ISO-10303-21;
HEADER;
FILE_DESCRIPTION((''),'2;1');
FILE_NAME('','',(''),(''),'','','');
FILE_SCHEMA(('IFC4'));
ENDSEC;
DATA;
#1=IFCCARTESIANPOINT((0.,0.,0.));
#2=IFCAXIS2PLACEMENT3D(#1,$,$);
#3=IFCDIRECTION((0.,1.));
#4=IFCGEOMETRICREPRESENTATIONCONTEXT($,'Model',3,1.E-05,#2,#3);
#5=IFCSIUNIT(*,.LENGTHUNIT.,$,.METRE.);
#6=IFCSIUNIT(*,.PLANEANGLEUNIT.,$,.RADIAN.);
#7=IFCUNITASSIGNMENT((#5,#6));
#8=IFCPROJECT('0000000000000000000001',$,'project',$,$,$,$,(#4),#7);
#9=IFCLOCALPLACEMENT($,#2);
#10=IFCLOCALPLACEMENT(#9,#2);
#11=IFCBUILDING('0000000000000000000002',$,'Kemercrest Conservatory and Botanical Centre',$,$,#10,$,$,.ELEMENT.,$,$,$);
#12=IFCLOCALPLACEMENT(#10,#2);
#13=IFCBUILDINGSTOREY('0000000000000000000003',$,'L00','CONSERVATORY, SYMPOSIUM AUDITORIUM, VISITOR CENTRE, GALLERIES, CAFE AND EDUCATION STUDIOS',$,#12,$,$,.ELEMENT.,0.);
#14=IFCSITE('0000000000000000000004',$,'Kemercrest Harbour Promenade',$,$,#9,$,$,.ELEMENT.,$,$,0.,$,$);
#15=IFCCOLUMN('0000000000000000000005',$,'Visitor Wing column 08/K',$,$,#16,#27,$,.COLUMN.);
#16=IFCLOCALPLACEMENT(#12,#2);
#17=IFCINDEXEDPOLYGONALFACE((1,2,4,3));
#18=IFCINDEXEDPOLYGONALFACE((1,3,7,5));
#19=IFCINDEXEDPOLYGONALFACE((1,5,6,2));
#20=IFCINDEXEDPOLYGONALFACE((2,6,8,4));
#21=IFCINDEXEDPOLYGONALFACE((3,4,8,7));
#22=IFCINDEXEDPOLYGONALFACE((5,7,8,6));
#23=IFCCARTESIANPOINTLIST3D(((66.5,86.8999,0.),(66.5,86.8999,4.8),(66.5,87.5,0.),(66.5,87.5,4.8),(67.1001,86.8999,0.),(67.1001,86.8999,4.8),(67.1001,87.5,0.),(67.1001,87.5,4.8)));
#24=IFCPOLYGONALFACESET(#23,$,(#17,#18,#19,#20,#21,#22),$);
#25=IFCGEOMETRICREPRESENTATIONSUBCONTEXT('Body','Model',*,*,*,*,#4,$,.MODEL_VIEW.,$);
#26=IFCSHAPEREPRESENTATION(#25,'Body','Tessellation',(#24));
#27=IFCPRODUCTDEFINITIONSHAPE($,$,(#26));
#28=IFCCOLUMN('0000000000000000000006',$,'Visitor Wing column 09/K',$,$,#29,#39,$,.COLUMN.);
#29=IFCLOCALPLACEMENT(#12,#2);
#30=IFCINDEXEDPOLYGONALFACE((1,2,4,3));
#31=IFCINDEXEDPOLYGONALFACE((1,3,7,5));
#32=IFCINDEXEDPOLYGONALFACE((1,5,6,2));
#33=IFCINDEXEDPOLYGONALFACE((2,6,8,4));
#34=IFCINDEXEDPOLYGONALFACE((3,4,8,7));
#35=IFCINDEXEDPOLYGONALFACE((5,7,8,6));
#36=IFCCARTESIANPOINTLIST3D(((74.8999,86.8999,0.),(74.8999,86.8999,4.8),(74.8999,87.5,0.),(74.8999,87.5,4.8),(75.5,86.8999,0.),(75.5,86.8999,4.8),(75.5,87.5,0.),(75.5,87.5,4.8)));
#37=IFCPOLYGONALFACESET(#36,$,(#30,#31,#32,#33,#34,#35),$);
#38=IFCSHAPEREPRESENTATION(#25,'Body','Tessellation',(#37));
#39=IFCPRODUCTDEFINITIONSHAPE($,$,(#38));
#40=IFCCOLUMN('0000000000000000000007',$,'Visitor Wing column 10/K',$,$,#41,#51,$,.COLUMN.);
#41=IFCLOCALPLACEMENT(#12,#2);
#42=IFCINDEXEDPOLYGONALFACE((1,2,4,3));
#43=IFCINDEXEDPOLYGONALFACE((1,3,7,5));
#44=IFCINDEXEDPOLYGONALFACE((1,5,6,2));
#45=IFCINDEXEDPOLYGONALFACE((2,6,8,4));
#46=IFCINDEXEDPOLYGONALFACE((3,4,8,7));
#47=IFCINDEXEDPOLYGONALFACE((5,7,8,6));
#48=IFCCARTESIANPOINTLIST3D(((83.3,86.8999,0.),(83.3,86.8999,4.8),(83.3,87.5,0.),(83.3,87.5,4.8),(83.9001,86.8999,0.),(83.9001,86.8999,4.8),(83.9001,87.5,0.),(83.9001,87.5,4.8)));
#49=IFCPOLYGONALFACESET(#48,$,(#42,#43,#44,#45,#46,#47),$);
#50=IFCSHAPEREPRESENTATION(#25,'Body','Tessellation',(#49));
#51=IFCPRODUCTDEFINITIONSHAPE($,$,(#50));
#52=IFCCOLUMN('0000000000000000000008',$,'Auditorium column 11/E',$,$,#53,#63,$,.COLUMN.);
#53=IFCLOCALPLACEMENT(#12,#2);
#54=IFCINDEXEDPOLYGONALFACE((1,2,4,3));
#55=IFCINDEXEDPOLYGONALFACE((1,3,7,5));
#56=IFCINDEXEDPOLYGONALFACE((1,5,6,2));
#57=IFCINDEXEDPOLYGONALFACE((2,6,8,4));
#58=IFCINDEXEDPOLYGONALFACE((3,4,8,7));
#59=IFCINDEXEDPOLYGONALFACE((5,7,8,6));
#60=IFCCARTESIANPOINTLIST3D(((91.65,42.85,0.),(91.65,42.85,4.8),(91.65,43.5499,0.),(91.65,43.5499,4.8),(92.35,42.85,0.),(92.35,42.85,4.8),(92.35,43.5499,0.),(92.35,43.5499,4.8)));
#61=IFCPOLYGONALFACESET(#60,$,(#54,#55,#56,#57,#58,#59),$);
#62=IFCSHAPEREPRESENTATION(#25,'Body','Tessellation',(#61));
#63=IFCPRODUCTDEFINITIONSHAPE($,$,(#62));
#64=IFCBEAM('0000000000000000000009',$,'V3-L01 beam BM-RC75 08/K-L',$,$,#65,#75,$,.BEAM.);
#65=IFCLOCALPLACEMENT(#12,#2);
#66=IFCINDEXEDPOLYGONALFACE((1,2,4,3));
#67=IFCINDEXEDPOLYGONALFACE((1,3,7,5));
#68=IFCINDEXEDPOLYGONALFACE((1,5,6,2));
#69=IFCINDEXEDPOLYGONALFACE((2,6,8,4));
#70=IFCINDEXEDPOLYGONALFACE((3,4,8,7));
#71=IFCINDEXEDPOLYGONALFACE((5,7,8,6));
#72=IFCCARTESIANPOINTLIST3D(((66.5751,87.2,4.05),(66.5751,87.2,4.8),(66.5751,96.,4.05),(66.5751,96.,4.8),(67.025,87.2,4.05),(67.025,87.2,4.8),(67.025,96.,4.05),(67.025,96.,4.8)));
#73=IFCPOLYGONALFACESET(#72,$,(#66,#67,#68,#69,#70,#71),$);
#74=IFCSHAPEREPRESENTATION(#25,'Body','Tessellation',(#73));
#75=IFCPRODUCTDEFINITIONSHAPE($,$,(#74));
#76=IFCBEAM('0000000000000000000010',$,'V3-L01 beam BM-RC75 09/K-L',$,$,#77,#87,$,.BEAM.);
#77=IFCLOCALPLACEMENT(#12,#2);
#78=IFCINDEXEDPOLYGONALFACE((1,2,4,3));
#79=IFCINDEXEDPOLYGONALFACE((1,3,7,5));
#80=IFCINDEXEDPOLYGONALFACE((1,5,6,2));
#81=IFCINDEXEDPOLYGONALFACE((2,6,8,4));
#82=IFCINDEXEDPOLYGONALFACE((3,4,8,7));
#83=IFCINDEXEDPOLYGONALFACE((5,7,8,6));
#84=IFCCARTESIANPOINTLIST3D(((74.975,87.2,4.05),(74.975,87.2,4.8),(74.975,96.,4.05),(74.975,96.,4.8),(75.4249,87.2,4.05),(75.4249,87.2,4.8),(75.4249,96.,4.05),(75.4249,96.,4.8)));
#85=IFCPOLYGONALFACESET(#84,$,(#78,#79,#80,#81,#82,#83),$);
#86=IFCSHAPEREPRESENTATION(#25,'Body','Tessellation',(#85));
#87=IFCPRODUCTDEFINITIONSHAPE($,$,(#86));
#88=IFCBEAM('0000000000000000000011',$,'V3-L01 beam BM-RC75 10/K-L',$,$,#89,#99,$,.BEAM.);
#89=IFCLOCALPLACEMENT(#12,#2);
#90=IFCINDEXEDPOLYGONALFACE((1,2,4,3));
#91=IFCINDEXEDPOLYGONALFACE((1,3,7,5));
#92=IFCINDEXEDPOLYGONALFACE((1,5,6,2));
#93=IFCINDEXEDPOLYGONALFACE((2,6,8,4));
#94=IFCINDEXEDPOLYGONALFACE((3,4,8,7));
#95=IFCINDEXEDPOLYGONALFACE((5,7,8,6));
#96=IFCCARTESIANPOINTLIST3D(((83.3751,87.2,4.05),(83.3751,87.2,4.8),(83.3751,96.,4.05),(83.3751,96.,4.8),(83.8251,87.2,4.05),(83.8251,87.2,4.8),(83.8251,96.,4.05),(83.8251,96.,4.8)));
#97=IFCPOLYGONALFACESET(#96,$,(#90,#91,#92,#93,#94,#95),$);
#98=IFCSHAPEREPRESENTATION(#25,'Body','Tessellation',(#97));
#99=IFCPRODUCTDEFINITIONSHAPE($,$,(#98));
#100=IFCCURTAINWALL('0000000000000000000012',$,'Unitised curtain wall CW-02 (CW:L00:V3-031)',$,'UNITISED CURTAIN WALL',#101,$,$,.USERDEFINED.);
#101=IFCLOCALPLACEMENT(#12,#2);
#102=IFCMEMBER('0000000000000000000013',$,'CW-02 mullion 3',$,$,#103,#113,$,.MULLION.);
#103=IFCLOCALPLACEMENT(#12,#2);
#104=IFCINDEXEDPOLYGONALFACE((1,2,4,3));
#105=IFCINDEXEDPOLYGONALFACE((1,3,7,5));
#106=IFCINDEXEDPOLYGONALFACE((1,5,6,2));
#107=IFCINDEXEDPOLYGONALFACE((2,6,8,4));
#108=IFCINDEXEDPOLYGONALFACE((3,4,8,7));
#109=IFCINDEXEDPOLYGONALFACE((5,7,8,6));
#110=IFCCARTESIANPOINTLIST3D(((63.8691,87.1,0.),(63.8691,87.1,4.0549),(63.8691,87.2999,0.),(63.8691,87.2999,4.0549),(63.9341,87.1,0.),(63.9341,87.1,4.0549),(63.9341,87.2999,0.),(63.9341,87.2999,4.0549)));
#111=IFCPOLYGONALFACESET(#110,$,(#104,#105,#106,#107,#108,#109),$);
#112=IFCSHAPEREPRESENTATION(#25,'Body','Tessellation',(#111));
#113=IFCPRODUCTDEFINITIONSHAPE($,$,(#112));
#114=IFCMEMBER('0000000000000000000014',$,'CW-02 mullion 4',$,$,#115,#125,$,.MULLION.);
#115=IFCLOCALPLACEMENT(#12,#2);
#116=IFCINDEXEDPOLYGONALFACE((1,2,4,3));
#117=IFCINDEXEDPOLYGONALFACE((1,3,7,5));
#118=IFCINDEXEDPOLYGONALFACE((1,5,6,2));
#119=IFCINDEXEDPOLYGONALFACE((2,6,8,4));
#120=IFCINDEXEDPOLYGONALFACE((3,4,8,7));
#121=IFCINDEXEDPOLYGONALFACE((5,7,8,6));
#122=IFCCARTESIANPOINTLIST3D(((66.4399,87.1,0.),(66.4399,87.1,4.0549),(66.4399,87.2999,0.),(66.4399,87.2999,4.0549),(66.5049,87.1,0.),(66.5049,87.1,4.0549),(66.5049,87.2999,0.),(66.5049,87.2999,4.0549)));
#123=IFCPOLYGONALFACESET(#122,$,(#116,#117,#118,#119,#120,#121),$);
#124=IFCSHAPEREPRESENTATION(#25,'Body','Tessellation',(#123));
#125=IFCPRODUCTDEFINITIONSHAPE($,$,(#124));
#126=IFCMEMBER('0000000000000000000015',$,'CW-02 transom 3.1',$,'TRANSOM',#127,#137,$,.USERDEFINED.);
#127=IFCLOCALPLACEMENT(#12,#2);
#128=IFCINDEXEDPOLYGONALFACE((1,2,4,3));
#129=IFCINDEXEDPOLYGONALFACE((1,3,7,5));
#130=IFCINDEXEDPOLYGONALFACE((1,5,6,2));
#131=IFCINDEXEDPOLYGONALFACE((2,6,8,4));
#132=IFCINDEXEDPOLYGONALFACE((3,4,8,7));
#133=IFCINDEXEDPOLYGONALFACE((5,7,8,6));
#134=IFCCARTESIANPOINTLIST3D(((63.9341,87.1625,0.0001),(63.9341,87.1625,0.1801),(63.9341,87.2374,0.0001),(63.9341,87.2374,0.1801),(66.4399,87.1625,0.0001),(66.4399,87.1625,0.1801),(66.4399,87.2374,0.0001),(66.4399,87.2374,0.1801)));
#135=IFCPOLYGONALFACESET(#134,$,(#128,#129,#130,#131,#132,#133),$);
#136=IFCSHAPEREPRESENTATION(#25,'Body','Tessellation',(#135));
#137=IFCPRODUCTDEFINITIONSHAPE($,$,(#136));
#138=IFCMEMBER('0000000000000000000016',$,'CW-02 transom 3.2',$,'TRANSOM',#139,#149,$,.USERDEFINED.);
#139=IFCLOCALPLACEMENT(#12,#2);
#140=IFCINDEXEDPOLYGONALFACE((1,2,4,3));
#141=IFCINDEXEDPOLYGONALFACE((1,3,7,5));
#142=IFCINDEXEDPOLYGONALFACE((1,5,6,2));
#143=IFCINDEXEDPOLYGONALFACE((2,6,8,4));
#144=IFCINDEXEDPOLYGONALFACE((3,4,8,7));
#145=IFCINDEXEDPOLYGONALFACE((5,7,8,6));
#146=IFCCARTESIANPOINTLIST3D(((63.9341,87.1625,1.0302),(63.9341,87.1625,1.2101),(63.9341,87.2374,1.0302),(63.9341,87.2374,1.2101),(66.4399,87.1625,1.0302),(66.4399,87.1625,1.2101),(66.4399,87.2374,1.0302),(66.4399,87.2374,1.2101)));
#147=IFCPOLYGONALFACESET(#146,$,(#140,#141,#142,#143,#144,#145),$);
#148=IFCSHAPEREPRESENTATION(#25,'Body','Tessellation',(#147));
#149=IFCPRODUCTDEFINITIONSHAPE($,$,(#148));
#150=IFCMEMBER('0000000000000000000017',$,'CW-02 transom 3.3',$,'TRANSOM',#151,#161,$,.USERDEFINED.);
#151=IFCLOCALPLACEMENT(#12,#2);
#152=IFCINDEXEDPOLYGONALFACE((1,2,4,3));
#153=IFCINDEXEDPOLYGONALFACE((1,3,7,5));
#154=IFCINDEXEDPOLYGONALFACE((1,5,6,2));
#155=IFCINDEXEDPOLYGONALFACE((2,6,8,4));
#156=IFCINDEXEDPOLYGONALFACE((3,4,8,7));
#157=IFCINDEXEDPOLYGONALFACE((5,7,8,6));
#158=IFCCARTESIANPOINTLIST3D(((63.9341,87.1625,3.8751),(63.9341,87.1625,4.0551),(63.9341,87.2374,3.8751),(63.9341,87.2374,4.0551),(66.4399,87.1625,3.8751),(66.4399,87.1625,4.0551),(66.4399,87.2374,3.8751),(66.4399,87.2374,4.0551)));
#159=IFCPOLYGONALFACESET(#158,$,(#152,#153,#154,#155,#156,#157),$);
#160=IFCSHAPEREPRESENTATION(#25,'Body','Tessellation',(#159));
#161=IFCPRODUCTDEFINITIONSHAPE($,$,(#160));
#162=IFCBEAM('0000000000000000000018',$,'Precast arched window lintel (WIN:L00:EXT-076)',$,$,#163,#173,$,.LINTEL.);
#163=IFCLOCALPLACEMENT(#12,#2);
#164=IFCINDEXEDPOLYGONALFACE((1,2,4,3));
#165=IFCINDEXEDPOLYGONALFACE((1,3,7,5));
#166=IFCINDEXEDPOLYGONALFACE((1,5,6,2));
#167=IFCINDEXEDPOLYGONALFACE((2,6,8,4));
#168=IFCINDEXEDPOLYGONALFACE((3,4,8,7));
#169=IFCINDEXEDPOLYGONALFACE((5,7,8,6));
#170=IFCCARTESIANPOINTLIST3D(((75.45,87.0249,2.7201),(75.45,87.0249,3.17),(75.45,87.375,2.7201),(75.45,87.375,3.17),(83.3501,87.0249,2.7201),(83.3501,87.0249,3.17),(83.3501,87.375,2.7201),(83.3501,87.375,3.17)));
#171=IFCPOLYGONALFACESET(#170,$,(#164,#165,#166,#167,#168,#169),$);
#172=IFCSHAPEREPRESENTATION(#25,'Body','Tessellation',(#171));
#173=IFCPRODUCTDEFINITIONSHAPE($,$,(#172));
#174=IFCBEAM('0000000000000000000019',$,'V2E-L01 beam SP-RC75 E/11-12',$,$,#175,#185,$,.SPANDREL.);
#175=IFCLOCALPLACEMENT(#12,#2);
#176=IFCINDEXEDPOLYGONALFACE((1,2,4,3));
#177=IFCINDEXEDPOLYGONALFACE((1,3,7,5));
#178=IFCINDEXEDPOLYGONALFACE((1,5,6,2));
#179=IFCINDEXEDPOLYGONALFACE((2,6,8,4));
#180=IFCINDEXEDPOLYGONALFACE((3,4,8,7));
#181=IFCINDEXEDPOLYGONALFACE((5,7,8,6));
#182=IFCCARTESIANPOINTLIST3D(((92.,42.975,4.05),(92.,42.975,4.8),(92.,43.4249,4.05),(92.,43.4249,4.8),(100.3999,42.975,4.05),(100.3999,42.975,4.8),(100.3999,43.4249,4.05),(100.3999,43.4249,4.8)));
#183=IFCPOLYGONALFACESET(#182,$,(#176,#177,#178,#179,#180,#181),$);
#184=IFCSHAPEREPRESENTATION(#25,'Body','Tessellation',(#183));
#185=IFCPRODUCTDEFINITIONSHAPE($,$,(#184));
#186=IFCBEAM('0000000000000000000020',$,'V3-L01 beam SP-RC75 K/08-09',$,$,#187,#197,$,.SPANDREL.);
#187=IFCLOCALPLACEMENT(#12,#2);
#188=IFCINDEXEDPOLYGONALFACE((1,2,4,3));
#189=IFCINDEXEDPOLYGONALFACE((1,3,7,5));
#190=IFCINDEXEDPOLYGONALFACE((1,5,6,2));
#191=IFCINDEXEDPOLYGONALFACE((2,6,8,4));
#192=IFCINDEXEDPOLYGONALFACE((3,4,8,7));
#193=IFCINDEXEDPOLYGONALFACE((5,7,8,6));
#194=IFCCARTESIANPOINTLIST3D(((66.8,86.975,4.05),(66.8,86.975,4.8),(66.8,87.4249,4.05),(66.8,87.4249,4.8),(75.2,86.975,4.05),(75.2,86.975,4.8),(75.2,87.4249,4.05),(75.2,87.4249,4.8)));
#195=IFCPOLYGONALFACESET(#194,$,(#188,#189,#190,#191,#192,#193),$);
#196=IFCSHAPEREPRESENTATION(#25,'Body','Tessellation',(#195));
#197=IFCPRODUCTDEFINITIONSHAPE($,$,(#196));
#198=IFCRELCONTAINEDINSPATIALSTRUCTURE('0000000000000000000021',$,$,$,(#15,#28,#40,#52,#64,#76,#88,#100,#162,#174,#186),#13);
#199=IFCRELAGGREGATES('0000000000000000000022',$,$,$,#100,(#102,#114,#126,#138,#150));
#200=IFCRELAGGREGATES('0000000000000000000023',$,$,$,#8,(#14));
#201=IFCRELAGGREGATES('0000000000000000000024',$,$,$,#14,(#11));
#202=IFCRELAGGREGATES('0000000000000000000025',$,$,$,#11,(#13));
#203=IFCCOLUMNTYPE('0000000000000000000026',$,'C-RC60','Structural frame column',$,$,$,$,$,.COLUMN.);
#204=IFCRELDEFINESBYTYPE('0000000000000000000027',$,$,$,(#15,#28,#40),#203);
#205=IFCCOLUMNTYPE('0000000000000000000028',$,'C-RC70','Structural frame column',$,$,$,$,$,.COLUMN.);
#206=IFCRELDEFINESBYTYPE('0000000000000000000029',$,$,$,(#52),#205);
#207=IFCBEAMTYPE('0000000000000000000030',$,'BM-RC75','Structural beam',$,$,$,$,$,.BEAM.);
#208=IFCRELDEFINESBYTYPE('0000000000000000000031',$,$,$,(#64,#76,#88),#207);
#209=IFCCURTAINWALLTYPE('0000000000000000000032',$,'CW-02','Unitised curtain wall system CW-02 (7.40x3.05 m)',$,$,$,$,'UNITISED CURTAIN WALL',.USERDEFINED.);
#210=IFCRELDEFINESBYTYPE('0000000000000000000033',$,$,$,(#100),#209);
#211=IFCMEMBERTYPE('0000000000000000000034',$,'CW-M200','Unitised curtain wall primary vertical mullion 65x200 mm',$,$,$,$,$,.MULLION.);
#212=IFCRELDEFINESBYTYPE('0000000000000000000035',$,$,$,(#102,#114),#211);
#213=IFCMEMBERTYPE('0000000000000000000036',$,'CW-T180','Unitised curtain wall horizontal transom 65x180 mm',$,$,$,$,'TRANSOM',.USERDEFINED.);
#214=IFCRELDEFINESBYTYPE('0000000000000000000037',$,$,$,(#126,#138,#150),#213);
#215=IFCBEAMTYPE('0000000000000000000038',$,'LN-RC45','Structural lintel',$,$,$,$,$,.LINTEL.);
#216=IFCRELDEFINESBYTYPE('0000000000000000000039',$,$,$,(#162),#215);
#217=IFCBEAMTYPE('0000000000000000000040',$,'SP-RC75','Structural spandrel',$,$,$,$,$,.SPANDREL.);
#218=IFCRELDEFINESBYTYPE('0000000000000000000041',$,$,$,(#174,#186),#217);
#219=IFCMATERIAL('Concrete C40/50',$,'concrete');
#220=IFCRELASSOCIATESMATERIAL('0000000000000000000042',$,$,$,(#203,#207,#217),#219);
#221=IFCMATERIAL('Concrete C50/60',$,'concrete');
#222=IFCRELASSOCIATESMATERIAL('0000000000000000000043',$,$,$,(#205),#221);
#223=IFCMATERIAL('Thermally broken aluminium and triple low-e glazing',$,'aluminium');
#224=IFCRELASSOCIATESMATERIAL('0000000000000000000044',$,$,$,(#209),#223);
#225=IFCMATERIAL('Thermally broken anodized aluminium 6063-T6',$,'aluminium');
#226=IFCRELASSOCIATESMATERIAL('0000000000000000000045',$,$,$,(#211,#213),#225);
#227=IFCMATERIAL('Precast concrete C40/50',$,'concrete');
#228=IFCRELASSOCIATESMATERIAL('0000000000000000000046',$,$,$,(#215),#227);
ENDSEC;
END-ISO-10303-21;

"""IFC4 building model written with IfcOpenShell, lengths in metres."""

from ifc_helpers import new_model, si_unit, direction, frame, origin, origin_2d, place, context, subcontext, project, spatial, rectangle, extrude, material, material_profile, profile_set, type_object, element, aggregate, save


model = new_model("IFC4")

# Units and contexts
model_context = context("Model", 3, precision=1e-05, world=origin(), true_north=direction((0.0, 1.0)))
body_context = subcontext(model_context, "Body", "Model", "MODEL_VIEW")
ifc_project = project(units=[si_unit("LENGTHUNIT", "METRE"), si_unit("PLANEANGLEUNIT", "RADIAN")], contexts=[model_context])

# Site, building, storey
site_placement = place(None, origin())
site = spatial("IfcSite", under=ifc_project, at=site_placement, Name="Kemercrest Harbour Promenade", CompositionType="ELEMENT", RefElevation=0.0)
building_placement = place(site_placement, origin())
building = spatial("IfcBuilding", under=site, at=building_placement, Name="Kemercrest Conservatory and Botanical Centre", CompositionType="ELEMENT")
storey_placement = place(building_placement, origin())
storey = spatial("IfcBuildingStorey", under=building, at=storey_placement, Name="L00", Description="CONSERVATORY, SYMPOSIUM AUDITORIUM, VISITOR CENTRE, GALLERIES, CAFE AND EDUCATION STUDIOS", CompositionType="ELEMENT", Elevation=0.0)

# Columns
ifc_material_1 = material(Name="Concrete C40/50", Category="concrete")
ifc_material_profile_1 = material_profile(ifc_material_1, rectangle(XDim=0.6001, YDim=0.6001, at=origin_2d()), Name="RC 600x600")
ifc_profile_set_1 = profile_set([ifc_material_profile_1], Name="Concrete C40/50")
column_type_1 = type_object("IfcColumnType", Name="C-RC60", Description="Structural frame column", PredefinedType="COLUMN", material=ifc_profile_set_1)
for number, where, z_axis, x_axis, name in (
    (1, (66.8, 87.2, 0.0), (0.0, 0.0, 1.0), (1.0, 0.0, 0.0), "Visitor Wing column 08/K"),
    (2, (75.2, 87.2, 0.0), (0.0, 0.0, 1.0), (1.0, 0.0, 0.0), "Visitor Wing column 09/K"),
    (3, (83.6001, 87.2, 0.0), (0.0, 0.0, 1.0), (1.0, 0.0, 0.0), "Visitor Wing column 10/K"),
):
    element("IfcColumn", number, at=place(storey_placement, frame(where, z_axis=z_axis, x_axis=x_axis)), inside=storey, type_object=column_type_1, Name=name, PredefinedType="COLUMN", context=body_context, shape_type="SweptSolid", body=[
        extrude(rectangle(XDim=0.6001, YDim=0.6001, at=origin_2d()), origin(), (0.0, 0.0, 1.0), 4.8),
    ])
ifc_material_2 = material(Name="Concrete C50/60", Category="concrete")
ifc_material_profile_2 = material_profile(ifc_material_2, rectangle(XDim=0.7, YDim=0.7, at=origin_2d()), Name="RC 700x700")
ifc_profile_set_2 = profile_set([ifc_material_profile_2], Name="Concrete C50/60")
column_type_2 = type_object("IfcColumnType", Name="C-RC70", Description="Structural frame column", PredefinedType="COLUMN", material=ifc_profile_set_2)
column_placement = place(storey_placement, frame((92.0, 43.2, 0.0), z_axis=(0.0, 0.0, 1.0), x_axis=(1.0, 0.0, 0.0)))
element("IfcColumn", 4, at=column_placement, inside=storey, type_object=column_type_2, Name="Auditorium column 11/E", PredefinedType="COLUMN", context=body_context, shape_type="SweptSolid", body=[
    extrude(rectangle(XDim=0.7, YDim=0.7, at=origin_2d()), origin(), (0.0, 0.0, 1.0), 4.8),
])

# Beams
ifc_material_profile_3 = material_profile(ifc_material_1, rectangle(XDim=0.45, YDim=0.75, at=origin_2d()), Name="RC 450x750")
ifc_profile_set_3 = profile_set([ifc_material_profile_3], Name="Concrete C40/50")
beam_type_1 = type_object("IfcBeamType", Name="BM-RC75", Description="Structural beam", PredefinedType="BEAM", material=ifc_profile_set_3)
for number, where, z_axis, x_axis, name in (
    (5, (66.8, 87.2, 4.425), (0.0, 1.0, 0.0), (-1.0, 0.0, 0.0), "V3-L01 beam BM-RC75 08/K-L"),
    (6, (75.2, 87.2, 4.425), (0.0, 1.0, 0.0), (-1.0, 0.0, 0.0), "V3-L01 beam BM-RC75 09/K-L"),
    (7, (83.6001, 87.2, 4.425), (0.0, 1.0, 0.0), (-1.0, 0.0, 0.0), "V3-L01 beam BM-RC75 10/K-L"),
):
    element("IfcBeam", number, at=place(storey_placement, frame(where, z_axis=z_axis, x_axis=x_axis)), inside=storey, type_object=beam_type_1, Name=name, PredefinedType="BEAM", context=body_context, shape_type="SweptSolid", body=[
        extrude(rectangle(XDim=0.45, YDim=0.75, at=origin_2d()), origin(), (0.0, 0.0, 1.0), 8.8),
    ])

# Curtain wall, members
ifc_material_3 = material(Name="Thermally broken aluminium and triple low-e glazing", Category="aluminium")
curtain_wall_type = type_object("IfcCurtainWallType", Name="CW-02", Description="Unitised curtain wall system CW-02 (7.40x3.05 m)", ElementType="UNITISED CURTAIN WALL", PredefinedType="USERDEFINED", material=ifc_material_3)
curtain_wall_placement = place(storey_placement, origin())
curtain_wall = element("IfcCurtainWall", 8, at=curtain_wall_placement, inside=storey, type_object=curtain_wall_type, Name="Unitised curtain wall CW-02 (CW:L00:V3-031)", ObjectType="UNITISED CURTAIN WALL", PredefinedType="USERDEFINED")
ifc_material_4 = material(Name="Thermally broken anodized aluminium 6063-T6", Category="aluminium")
ifc_material_profile_4 = material_profile(ifc_material_4, rectangle(XDim=0.2, YDim=0.0649, at=origin_2d()), Name="AL MULLION 65x200")
ifc_profile_set_4 = profile_set([ifc_material_profile_4], Name="Thermally broken anodized aluminium 6063-T6")
member_type_1 = type_object("IfcMemberType", Name="CW-M200", Description="Unitised curtain wall primary vertical mullion 65x200 mm", PredefinedType="MULLION", material=ifc_profile_set_4)
member_1_placement = place(storey_placement, frame((63.9016, 87.2, 0.0), z_axis=(0.0, 0.0, 1.0), x_axis=(0.0, 1.0, 0.0)))
member_1 = element("IfcMember", 9, at=member_1_placement, type_object=member_type_1, Name="CW-02 mullion 3", PredefinedType="MULLION", context=body_context, shape_type="SweptSolid", body=[
    extrude(rectangle(XDim=0.2, YDim=0.0649, at=origin_2d()), origin(), (0.0, 0.0, 1.0), 4.0549),
])
member_2_placement = place(storey_placement, frame((66.4724, 87.2, 0.0), z_axis=(0.0, 0.0, 1.0), x_axis=(0.0, 1.0, 0.0)))
member_2 = element("IfcMember", 10, at=member_2_placement, type_object=member_type_1, Name="CW-02 mullion 4", PredefinedType="MULLION", context=body_context, shape_type="SweptSolid", body=[
    extrude(rectangle(XDim=0.2, YDim=0.0649, at=origin_2d()), origin(), (0.0, 0.0, 1.0), 4.0549),
])
ifc_material_profile_5 = material_profile(ifc_material_4, rectangle(XDim=0.075, YDim=0.1799, at=origin_2d()), Name="AL TRANSOM 75x180")
ifc_profile_set_5 = profile_set([ifc_material_profile_5], Name="Thermally broken anodized aluminium 6063-T6")
member_type_2 = type_object("IfcMemberType", Name="CW-T180", Description="Unitised curtain wall horizontal transom 65x180 mm", ElementType="TRANSOM", PredefinedType="USERDEFINED", material=ifc_profile_set_5)
member_3_placement = place(storey_placement, frame((63.9341, 87.2, 0.0901), z_axis=(1.0, 0.0, 0.0), x_axis=(0.0, 1.0, 0.0)))
member_3 = element("IfcMember", 11, at=member_3_placement, type_object=member_type_2, Name="CW-02 transom 3.1", ObjectType="TRANSOM", PredefinedType="USERDEFINED", context=body_context, shape_type="SweptSolid", body=[
    extrude(rectangle(XDim=0.075, YDim=0.1799, at=origin_2d()), origin(), (0.0, 0.0, 1.0), 2.5059),
])
member_4_placement = place(storey_placement, frame((63.9341, 87.2, 1.1201), z_axis=(1.0, 0.0, 0.0), x_axis=(0.0, 1.0, 0.0)))
member_4 = element("IfcMember", 12, at=member_4_placement, type_object=member_type_2, Name="CW-02 transom 3.2", ObjectType="TRANSOM", PredefinedType="USERDEFINED", context=body_context, shape_type="SweptSolid", body=[
    extrude(rectangle(XDim=0.075, YDim=0.1799, at=origin_2d()), origin(), (0.0, 0.0, 1.0), 2.5059),
])
member_5_placement = place(storey_placement, frame((63.9341, 87.2, 3.9651), z_axis=(1.0, 0.0, 0.0), x_axis=(0.0, 1.0, 0.0)))
member_5 = element("IfcMember", 13, at=member_5_placement, type_object=member_type_2, Name="CW-02 transom 3.3", ObjectType="TRANSOM", PredefinedType="USERDEFINED", context=body_context, shape_type="SweptSolid", body=[
    extrude(rectangle(XDim=0.075, YDim=0.1799, at=origin_2d()), origin(), (0.0, 0.0, 1.0), 2.5059),
])

# Beams
ifc_material_5 = material(Name="Precast concrete C40/50", Category="concrete")
ifc_material_profile_6 = material_profile(ifc_material_5, rectangle(XDim=0.3501, YDim=0.45, at=origin_2d()), Name="RC 350x450")
ifc_profile_set_6 = profile_set([ifc_material_profile_6], Name="Precast concrete C40/50")
beam_type_2 = type_object("IfcBeamType", Name="LN-RC45", Description="Structural lintel", PredefinedType="LINTEL", material=ifc_profile_set_6)
beam_1_placement = place(storey_placement, frame((75.45, 87.2, 2.9451), z_axis=(1.0, 0.0, 0.0), x_axis=(0.0, 1.0, 0.0)))
element("IfcBeam", 14, at=beam_1_placement, inside=storey, type_object=beam_type_2, Name="Precast arched window lintel (WIN:L00:EXT-076)", PredefinedType="LINTEL", context=body_context, shape_type="SweptSolid", body=[
    extrude(rectangle(XDim=0.3501, YDim=0.45, at=origin_2d()), origin(), (0.0, 0.0, 1.0), 7.9001),
])
ifc_material_profile_7 = material_profile(ifc_material_1, rectangle(XDim=0.45, YDim=0.75, at=origin_2d()), Name="RC 450x750")
ifc_profile_set_7 = profile_set([ifc_material_profile_7], Name="Concrete C40/50")
beam_type_3 = type_object("IfcBeamType", Name="SP-RC75", Description="Structural spandrel", PredefinedType="SPANDREL", material=ifc_profile_set_7)
for number, where, z_axis, x_axis, name in (
    (15, (92.0, 43.2, 4.425), (1.0, 0.0, 0.0), (0.0, 1.0, 0.0), "V2E-L01 beam SP-RC75 E/11-12"),
    (16, (66.8, 87.2, 4.425), (1.0, 0.0, 0.0), (0.0, 1.0, 0.0), "V3-L01 beam SP-RC75 K/08-09"),
):
    element("IfcBeam", number, at=place(storey_placement, frame(where, z_axis=z_axis, x_axis=x_axis)), inside=storey, type_object=beam_type_3, Name=name, PredefinedType="SPANDREL", context=body_context, shape_type="SweptSolid", body=[
        extrude(rectangle(XDim=0.45, YDim=0.75, at=origin_2d()), origin(), (0.0, 0.0, 1.0), 8.3999),
    ])

aggregate(curtain_wall, [member_1, member_2, member_3, member_4, member_5])

save(model, "model.ifc")
